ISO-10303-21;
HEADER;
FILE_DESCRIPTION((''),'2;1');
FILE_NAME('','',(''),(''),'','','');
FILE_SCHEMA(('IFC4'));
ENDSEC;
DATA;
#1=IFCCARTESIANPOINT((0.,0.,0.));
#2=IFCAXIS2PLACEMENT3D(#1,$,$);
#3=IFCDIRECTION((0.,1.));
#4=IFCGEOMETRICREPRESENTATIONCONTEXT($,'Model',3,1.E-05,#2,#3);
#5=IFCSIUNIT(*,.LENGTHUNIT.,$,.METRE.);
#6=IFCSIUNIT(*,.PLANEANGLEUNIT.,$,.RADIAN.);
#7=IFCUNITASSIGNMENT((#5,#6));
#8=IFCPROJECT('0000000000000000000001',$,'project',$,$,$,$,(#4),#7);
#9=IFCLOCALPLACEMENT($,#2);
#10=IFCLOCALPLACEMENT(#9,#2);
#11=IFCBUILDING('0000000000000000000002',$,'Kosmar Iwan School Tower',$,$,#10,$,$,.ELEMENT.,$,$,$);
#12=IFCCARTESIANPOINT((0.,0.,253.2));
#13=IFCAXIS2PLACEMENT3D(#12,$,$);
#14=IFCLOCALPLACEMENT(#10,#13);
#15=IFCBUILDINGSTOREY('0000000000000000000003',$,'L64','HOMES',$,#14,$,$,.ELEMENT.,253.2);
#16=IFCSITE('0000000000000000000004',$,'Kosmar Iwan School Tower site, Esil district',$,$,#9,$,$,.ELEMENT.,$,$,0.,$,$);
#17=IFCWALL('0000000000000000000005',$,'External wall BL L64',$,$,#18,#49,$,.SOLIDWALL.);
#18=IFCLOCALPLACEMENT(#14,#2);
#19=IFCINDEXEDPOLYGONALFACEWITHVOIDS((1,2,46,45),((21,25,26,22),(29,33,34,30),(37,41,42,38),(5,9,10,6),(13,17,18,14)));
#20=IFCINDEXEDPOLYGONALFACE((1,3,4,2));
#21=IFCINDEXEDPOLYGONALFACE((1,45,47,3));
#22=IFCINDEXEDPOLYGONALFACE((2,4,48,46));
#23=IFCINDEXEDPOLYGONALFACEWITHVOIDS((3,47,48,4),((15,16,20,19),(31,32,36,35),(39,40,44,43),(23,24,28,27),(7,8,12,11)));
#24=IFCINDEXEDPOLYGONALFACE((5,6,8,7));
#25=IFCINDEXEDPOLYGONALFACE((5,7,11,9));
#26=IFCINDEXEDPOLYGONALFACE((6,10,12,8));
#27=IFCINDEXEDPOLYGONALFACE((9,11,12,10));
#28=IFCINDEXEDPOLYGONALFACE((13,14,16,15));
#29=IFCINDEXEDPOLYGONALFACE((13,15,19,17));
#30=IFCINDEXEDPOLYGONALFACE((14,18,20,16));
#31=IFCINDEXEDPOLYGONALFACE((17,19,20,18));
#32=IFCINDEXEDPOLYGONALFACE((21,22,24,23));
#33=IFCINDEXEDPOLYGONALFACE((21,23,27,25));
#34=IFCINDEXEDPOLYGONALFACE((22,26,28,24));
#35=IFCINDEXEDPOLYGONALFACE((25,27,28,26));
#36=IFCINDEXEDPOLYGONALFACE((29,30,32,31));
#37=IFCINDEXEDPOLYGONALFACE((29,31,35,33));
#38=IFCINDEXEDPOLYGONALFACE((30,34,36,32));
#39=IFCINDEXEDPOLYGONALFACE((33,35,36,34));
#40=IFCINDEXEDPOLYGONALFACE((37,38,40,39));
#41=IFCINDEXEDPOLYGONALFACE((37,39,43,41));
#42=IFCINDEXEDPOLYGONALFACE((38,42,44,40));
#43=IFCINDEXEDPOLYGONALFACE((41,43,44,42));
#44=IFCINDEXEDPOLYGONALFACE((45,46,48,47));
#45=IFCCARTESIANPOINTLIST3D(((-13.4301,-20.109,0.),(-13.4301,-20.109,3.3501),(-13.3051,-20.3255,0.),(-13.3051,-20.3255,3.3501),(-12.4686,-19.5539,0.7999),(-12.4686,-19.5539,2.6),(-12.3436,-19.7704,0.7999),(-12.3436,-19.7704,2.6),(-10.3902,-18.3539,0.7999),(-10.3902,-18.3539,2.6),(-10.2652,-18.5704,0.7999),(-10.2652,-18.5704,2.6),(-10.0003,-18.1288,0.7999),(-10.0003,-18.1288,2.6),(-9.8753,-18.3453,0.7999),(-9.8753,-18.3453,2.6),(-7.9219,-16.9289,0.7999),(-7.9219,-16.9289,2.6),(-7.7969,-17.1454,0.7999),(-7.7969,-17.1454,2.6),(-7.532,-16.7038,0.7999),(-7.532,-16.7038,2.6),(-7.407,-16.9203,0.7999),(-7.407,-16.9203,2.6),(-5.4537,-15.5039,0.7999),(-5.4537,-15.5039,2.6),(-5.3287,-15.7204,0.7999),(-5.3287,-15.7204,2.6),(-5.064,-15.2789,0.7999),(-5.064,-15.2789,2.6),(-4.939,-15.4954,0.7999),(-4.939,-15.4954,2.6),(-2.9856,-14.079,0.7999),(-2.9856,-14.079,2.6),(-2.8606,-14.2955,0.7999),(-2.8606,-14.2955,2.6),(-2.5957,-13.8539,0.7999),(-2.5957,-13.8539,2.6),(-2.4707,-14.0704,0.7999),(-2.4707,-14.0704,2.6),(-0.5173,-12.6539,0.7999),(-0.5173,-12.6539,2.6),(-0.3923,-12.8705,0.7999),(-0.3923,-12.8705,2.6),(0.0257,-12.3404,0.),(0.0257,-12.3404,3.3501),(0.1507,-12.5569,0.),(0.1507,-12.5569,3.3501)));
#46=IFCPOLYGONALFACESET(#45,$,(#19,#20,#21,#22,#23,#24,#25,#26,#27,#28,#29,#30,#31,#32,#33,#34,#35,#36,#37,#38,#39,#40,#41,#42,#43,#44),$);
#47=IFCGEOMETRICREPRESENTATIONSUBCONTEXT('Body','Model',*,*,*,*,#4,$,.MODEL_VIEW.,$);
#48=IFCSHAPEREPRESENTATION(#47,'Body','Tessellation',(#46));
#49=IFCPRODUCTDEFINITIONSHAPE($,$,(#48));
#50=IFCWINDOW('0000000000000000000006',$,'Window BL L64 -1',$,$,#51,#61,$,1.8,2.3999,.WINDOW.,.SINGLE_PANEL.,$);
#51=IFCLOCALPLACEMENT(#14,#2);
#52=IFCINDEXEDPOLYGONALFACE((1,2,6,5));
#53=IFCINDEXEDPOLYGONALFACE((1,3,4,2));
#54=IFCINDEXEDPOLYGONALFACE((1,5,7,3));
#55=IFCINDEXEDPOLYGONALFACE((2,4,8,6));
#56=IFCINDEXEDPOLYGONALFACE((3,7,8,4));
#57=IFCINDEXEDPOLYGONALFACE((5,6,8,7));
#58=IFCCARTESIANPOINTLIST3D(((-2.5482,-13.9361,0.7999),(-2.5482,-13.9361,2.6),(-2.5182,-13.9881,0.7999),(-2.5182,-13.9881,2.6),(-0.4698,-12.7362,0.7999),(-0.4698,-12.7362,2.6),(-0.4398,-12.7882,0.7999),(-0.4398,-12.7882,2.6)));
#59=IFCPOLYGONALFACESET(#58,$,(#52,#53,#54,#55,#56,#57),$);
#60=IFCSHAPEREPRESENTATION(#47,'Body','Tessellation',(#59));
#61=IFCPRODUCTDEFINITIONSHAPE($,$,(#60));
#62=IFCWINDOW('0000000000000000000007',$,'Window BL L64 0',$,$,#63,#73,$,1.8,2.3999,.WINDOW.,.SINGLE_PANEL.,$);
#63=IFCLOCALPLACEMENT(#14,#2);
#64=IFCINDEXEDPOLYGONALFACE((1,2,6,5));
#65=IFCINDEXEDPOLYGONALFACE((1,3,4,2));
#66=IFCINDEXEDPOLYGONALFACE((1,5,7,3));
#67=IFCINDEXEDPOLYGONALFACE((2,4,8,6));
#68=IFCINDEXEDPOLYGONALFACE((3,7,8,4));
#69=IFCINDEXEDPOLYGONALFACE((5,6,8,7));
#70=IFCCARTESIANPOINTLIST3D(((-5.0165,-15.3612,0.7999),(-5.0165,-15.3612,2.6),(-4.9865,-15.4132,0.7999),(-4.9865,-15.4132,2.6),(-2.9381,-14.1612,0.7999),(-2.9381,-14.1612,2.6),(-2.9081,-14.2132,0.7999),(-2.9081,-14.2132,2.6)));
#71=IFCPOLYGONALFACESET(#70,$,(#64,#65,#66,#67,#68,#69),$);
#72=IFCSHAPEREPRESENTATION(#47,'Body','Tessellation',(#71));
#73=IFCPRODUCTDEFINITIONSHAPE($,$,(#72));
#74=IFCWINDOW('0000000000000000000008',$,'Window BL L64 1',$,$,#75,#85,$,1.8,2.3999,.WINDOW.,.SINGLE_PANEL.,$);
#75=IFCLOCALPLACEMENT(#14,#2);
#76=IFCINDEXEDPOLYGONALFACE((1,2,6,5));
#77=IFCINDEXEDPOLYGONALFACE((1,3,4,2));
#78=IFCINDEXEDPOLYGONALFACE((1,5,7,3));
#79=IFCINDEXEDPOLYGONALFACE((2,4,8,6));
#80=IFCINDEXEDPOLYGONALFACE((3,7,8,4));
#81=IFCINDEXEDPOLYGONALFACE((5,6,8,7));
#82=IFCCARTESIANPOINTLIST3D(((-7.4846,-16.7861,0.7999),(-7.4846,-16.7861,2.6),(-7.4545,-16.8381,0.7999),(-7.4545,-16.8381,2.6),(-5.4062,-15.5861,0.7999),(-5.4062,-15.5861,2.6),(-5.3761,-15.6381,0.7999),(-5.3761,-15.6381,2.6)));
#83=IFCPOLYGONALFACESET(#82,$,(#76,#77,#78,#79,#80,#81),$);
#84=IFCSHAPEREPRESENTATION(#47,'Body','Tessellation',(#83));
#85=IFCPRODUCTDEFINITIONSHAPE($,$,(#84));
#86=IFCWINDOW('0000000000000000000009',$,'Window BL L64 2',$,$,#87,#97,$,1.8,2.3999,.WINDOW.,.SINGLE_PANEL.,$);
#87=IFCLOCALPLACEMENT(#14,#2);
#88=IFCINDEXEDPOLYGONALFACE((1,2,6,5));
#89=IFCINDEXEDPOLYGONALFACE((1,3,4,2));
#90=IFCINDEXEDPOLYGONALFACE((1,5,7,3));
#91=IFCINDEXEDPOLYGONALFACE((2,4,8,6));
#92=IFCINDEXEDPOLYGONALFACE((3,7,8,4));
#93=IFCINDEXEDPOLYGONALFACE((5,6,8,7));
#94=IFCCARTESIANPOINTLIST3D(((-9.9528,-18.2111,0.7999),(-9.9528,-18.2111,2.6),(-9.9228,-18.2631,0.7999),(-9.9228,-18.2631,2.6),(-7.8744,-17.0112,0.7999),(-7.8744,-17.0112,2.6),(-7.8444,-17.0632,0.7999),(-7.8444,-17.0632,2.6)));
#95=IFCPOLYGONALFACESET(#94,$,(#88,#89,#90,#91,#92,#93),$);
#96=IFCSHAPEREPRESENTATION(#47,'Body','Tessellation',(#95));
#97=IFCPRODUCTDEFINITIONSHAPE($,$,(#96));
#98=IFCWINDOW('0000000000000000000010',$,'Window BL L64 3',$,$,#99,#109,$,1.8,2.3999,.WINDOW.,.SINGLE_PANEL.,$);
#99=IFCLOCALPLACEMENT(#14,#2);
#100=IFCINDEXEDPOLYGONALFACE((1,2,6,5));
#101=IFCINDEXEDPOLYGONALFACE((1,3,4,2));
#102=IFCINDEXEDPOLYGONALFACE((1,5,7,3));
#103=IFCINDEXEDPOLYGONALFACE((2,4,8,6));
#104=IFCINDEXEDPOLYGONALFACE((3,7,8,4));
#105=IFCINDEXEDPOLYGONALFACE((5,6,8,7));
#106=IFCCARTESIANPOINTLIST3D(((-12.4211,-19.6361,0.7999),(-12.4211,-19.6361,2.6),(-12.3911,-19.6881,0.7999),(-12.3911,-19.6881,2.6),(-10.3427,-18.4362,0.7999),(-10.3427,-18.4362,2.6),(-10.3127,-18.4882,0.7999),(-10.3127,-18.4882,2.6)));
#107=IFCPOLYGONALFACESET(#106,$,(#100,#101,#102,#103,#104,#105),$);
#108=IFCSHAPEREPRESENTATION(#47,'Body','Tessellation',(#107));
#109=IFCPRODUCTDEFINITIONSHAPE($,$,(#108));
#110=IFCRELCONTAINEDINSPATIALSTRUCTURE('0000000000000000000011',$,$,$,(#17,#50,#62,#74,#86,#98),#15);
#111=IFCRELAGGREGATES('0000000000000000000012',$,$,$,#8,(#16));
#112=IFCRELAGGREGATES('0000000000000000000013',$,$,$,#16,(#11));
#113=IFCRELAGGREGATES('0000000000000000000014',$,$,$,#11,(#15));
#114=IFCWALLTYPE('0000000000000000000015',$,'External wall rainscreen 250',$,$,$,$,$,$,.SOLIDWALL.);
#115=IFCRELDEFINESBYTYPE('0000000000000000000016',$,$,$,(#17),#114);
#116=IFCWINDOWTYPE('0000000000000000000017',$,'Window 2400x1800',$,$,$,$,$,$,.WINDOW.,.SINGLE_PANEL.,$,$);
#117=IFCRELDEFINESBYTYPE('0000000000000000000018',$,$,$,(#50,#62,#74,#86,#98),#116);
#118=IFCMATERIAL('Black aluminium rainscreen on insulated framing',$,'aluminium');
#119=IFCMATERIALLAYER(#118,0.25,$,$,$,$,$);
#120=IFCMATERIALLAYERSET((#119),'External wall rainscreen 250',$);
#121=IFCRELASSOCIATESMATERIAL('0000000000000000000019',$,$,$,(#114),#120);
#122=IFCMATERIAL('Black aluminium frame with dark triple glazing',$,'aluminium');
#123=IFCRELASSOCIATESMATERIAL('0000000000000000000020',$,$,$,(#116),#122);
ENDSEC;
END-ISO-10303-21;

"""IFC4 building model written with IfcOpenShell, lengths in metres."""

from ifc_helpers import new_model, si_unit, direction, frame, frame_2d, origin, place, context, subcontext, project, spatial, rectangle, extrude, material, layer, layer_set, type_object, element, fill, save


model = new_model("IFC4")

# Units and contexts
model_context = context("Model", 3, precision=1e-05, world=origin(), true_north=direction((0.0, 1.0)))
body_context = subcontext(model_context, "Body", "Model", "MODEL_VIEW")
ifc_project = project(units=[si_unit("LENGTHUNIT", "METRE"), si_unit("PLANEANGLEUNIT", "RADIAN")], contexts=[model_context])

# Site, building, storey
site_placement = place(None, origin())
site = spatial("IfcSite", under=ifc_project, at=site_placement, Name="Kosmar Iwan School Tower site, Esil district", CompositionType="ELEMENT", RefElevation=0.0)
building_placement = place(site_placement, origin())
building = spatial("IfcBuilding", under=site, at=building_placement, Name="Kosmar Iwan School Tower", CompositionType="ELEMENT")
storey_placement = place(building_placement, frame((0.0, 0.0, 253.2)))
storey = spatial("IfcBuildingStorey", under=building, at=storey_placement, Name="L64", Description="HOMES", CompositionType="ELEMENT", Elevation=253.2)

# Wall, openings, windows
ifc_material_1 = material(Name="Black aluminium rainscreen on insulated framing", Category="aluminium")
ifc_layer_1 = layer(ifc_material_1, 0.25)
ifc_layer_set_1 = layer_set([ifc_layer_1], Name="External wall rainscreen 250")
wall_type_1 = type_object("IfcWallType", Name="External wall rainscreen 250", PredefinedType="SOLIDWALL", material=ifc_layer_set_1)
wall_1_placement = place(storey_placement, frame((0.0881, -12.4487, 0.0), z_axis=(0.0, 0.0, 1.0), x_axis=(-0.86603, -0.499992, 0.0)))
wall_1 = element("IfcWall", 1, at=wall_1_placement, inside=storey, type_object=wall_type_1, Name="External wall BL L64", PredefinedType="SOLIDWALL", context=body_context, shape_type="SweptSolid", body=[
    extrude(rectangle(XDim=15.5374, YDim=0.25, at=frame_2d((7.7686, 0.0))), origin(), (0.0, 0.0, 1.0), 3.3501),
])
opening_1_placement = place(wall_1_placement, frame((0.627, 0.0, 0.8)))
opening_1 = element("IfcOpeningElement", 2, at=opening_1_placement, cuts=wall_1, PredefinedType="OPENING", context=body_context, shape_type="SweptSolid", body=[
    extrude(rectangle(XDim=2.3999, YDim=1.8, at=frame_2d((1.2, 0.8999))), frame((0.0, 0.137, 0.0), z_axis=(0.0, -1.0, 0.0), x_axis=(1.0, 0.0, 0.0)), (0.0, 0.0, 1.0), 0.2739),
])
opening_2_placement = place(wall_1_placement, frame((3.4771, 0.0, 0.8)))
opening_2 = element("IfcOpeningElement", 3, at=opening_2_placement, cuts=wall_1, PredefinedType="OPENING", context=body_context, shape_type="SweptSolid", body=[
    extrude(rectangle(XDim=2.3999, YDim=1.8, at=frame_2d((1.2, 0.8999))), frame((0.0, 0.137, 0.0), z_axis=(0.0, -1.0, 0.0), x_axis=(1.0, 0.0, 0.0)), (0.0, 0.0, 1.0), 0.2739),
])
opening_3_placement = place(wall_1_placement, frame((6.3269, 0.0, 0.8)))
opening_3 = element("IfcOpeningElement", 4, at=opening_3_placement, cuts=wall_1, PredefinedType="OPENING", context=body_context, shape_type="SweptSolid", body=[
    extrude(rectangle(XDim=2.3999, YDim=1.8, at=frame_2d((1.2, 0.8999))), frame((0.0, 0.137, 0.0), z_axis=(0.0, -1.0, 0.0), x_axis=(1.0, 0.0, 0.0)), (0.0, 0.0, 1.0), 0.2739),
])
opening_4_placement = place(wall_1_placement, frame((9.177, 0.0, 0.8)))
opening_4 = element("IfcOpeningElement", 5, at=opening_4_placement, cuts=wall_1, PredefinedType="OPENING", context=body_context, shape_type="SweptSolid", body=[
    extrude(rectangle(XDim=2.3999, YDim=1.8, at=frame_2d((1.2, 0.8999))), frame((0.0, 0.137, 0.0), z_axis=(0.0, -1.0, 0.0), x_axis=(1.0, 0.0, 0.0)), (0.0, 0.0, 1.0), 0.2739),
])
opening_5_placement = place(wall_1_placement, frame((12.0271, 0.0, 0.8)))
opening_5 = element("IfcOpeningElement", 6, at=opening_5_placement, cuts=wall_1, PredefinedType="OPENING", context=body_context, shape_type="SweptSolid", body=[
    extrude(rectangle(XDim=2.3999, YDim=1.8, at=frame_2d((1.2, 0.8999))), frame((0.0, 0.137, 0.0), z_axis=(0.0, -1.0, 0.0), x_axis=(1.0, 0.0, 0.0)), (0.0, 0.0, 1.0), 0.2739),
])
ifc_material_2 = material(Name="Black aluminium frame with dark triple glazing", Category="aluminium")
window_type = type_object("IfcWindowType", Name="Window 2400x1800", PartitioningType="SINGLE_PANEL", PredefinedType="WINDOW", material=ifc_material_2)
window_1_placement = place(opening_1_placement, origin())
window_1 = element("IfcWindow", 7, at=window_1_placement, inside=storey, type_object=window_type, Name="Window BL L64 -1", OverallHeight=1.8, OverallWidth=2.3999, PartitioningType="SINGLE_PANEL", PredefinedType="WINDOW", context=body_context, shape_type="SweptSolid", body=[
    extrude(rectangle(XDim=2.3999, YDim=1.8, at=frame_2d((1.2, 0.8999))), frame((0.0, 0.03, 0.0), z_axis=(0.0, -1.0, 0.0), x_axis=(1.0, 0.0, 0.0)), (0.0, 0.0, 1.0), 0.0601),
])
fill(opening_1, window_1)
window_2_placement = place(opening_2_placement, origin())
window_2 = element("IfcWindow", 8, at=window_2_placement, inside=storey, type_object=window_type, Name="Window BL L64 0", OverallHeight=1.8, OverallWidth=2.3999, PartitioningType="SINGLE_PANEL", PredefinedType="WINDOW", context=body_context, shape_type="SweptSolid", body=[
    extrude(rectangle(XDim=2.3999, YDim=1.8, at=frame_2d((1.2, 0.8999))), frame((0.0, 0.03, 0.0), z_axis=(0.0, -1.0, 0.0), x_axis=(1.0, 0.0, 0.0)), (0.0, 0.0, 1.0), 0.0601),
])
fill(opening_2, window_2)
window_3_placement = place(opening_3_placement, origin())
window_3 = element("IfcWindow", 9, at=window_3_placement, inside=storey, type_object=window_type, Name="Window BL L64 1", OverallHeight=1.8, OverallWidth=2.3999, PartitioningType="SINGLE_PANEL", PredefinedType="WINDOW", context=body_context, shape_type="SweptSolid", body=[
    extrude(rectangle(XDim=2.3999, YDim=1.8, at=frame_2d((1.2, 0.8999))), frame((0.0, 0.03, 0.0), z_axis=(0.0, -1.0, 0.0), x_axis=(1.0, 0.0, 0.0)), (0.0, 0.0, 1.0), 0.0601),
])
fill(opening_3, window_3)
window_4_placement = place(opening_4_placement, origin())
window_4 = element("IfcWindow", 10, at=window_4_placement, inside=storey, type_object=window_type, Name="Window BL L64 2", OverallHeight=1.8, OverallWidth=2.3999, PartitioningType="SINGLE_PANEL", PredefinedType="WINDOW", context=body_context, shape_type="SweptSolid", body=[
    extrude(rectangle(XDim=2.3999, YDim=1.8, at=frame_2d((1.2, 0.8999))), frame((0.0, 0.03, 0.0), z_axis=(0.0, -1.0, 0.0), x_axis=(1.0, 0.0, 0.0)), (0.0, 0.0, 1.0), 0.0601),
])
fill(opening_4, window_4)
window_5_placement = place(opening_5_placement, origin())
window_5 = element("IfcWindow", 11, at=window_5_placement, inside=storey, type_object=window_type, Name="Window BL L64 3", OverallHeight=1.8, OverallWidth=2.3999, PartitioningType="SINGLE_PANEL", PredefinedType="WINDOW", context=body_context, shape_type="SweptSolid", body=[
    extrude(rectangle(XDim=2.3999, YDim=1.8, at=frame_2d((1.2, 0.8999))), frame((0.0, 0.03, 0.0), z_axis=(0.0, -1.0, 0.0), x_axis=(1.0, 0.0, 0.0)), (0.0, 0.0, 1.0), 0.0601),
])
fill(opening_5, window_5)

save(model, "model.ifc")
